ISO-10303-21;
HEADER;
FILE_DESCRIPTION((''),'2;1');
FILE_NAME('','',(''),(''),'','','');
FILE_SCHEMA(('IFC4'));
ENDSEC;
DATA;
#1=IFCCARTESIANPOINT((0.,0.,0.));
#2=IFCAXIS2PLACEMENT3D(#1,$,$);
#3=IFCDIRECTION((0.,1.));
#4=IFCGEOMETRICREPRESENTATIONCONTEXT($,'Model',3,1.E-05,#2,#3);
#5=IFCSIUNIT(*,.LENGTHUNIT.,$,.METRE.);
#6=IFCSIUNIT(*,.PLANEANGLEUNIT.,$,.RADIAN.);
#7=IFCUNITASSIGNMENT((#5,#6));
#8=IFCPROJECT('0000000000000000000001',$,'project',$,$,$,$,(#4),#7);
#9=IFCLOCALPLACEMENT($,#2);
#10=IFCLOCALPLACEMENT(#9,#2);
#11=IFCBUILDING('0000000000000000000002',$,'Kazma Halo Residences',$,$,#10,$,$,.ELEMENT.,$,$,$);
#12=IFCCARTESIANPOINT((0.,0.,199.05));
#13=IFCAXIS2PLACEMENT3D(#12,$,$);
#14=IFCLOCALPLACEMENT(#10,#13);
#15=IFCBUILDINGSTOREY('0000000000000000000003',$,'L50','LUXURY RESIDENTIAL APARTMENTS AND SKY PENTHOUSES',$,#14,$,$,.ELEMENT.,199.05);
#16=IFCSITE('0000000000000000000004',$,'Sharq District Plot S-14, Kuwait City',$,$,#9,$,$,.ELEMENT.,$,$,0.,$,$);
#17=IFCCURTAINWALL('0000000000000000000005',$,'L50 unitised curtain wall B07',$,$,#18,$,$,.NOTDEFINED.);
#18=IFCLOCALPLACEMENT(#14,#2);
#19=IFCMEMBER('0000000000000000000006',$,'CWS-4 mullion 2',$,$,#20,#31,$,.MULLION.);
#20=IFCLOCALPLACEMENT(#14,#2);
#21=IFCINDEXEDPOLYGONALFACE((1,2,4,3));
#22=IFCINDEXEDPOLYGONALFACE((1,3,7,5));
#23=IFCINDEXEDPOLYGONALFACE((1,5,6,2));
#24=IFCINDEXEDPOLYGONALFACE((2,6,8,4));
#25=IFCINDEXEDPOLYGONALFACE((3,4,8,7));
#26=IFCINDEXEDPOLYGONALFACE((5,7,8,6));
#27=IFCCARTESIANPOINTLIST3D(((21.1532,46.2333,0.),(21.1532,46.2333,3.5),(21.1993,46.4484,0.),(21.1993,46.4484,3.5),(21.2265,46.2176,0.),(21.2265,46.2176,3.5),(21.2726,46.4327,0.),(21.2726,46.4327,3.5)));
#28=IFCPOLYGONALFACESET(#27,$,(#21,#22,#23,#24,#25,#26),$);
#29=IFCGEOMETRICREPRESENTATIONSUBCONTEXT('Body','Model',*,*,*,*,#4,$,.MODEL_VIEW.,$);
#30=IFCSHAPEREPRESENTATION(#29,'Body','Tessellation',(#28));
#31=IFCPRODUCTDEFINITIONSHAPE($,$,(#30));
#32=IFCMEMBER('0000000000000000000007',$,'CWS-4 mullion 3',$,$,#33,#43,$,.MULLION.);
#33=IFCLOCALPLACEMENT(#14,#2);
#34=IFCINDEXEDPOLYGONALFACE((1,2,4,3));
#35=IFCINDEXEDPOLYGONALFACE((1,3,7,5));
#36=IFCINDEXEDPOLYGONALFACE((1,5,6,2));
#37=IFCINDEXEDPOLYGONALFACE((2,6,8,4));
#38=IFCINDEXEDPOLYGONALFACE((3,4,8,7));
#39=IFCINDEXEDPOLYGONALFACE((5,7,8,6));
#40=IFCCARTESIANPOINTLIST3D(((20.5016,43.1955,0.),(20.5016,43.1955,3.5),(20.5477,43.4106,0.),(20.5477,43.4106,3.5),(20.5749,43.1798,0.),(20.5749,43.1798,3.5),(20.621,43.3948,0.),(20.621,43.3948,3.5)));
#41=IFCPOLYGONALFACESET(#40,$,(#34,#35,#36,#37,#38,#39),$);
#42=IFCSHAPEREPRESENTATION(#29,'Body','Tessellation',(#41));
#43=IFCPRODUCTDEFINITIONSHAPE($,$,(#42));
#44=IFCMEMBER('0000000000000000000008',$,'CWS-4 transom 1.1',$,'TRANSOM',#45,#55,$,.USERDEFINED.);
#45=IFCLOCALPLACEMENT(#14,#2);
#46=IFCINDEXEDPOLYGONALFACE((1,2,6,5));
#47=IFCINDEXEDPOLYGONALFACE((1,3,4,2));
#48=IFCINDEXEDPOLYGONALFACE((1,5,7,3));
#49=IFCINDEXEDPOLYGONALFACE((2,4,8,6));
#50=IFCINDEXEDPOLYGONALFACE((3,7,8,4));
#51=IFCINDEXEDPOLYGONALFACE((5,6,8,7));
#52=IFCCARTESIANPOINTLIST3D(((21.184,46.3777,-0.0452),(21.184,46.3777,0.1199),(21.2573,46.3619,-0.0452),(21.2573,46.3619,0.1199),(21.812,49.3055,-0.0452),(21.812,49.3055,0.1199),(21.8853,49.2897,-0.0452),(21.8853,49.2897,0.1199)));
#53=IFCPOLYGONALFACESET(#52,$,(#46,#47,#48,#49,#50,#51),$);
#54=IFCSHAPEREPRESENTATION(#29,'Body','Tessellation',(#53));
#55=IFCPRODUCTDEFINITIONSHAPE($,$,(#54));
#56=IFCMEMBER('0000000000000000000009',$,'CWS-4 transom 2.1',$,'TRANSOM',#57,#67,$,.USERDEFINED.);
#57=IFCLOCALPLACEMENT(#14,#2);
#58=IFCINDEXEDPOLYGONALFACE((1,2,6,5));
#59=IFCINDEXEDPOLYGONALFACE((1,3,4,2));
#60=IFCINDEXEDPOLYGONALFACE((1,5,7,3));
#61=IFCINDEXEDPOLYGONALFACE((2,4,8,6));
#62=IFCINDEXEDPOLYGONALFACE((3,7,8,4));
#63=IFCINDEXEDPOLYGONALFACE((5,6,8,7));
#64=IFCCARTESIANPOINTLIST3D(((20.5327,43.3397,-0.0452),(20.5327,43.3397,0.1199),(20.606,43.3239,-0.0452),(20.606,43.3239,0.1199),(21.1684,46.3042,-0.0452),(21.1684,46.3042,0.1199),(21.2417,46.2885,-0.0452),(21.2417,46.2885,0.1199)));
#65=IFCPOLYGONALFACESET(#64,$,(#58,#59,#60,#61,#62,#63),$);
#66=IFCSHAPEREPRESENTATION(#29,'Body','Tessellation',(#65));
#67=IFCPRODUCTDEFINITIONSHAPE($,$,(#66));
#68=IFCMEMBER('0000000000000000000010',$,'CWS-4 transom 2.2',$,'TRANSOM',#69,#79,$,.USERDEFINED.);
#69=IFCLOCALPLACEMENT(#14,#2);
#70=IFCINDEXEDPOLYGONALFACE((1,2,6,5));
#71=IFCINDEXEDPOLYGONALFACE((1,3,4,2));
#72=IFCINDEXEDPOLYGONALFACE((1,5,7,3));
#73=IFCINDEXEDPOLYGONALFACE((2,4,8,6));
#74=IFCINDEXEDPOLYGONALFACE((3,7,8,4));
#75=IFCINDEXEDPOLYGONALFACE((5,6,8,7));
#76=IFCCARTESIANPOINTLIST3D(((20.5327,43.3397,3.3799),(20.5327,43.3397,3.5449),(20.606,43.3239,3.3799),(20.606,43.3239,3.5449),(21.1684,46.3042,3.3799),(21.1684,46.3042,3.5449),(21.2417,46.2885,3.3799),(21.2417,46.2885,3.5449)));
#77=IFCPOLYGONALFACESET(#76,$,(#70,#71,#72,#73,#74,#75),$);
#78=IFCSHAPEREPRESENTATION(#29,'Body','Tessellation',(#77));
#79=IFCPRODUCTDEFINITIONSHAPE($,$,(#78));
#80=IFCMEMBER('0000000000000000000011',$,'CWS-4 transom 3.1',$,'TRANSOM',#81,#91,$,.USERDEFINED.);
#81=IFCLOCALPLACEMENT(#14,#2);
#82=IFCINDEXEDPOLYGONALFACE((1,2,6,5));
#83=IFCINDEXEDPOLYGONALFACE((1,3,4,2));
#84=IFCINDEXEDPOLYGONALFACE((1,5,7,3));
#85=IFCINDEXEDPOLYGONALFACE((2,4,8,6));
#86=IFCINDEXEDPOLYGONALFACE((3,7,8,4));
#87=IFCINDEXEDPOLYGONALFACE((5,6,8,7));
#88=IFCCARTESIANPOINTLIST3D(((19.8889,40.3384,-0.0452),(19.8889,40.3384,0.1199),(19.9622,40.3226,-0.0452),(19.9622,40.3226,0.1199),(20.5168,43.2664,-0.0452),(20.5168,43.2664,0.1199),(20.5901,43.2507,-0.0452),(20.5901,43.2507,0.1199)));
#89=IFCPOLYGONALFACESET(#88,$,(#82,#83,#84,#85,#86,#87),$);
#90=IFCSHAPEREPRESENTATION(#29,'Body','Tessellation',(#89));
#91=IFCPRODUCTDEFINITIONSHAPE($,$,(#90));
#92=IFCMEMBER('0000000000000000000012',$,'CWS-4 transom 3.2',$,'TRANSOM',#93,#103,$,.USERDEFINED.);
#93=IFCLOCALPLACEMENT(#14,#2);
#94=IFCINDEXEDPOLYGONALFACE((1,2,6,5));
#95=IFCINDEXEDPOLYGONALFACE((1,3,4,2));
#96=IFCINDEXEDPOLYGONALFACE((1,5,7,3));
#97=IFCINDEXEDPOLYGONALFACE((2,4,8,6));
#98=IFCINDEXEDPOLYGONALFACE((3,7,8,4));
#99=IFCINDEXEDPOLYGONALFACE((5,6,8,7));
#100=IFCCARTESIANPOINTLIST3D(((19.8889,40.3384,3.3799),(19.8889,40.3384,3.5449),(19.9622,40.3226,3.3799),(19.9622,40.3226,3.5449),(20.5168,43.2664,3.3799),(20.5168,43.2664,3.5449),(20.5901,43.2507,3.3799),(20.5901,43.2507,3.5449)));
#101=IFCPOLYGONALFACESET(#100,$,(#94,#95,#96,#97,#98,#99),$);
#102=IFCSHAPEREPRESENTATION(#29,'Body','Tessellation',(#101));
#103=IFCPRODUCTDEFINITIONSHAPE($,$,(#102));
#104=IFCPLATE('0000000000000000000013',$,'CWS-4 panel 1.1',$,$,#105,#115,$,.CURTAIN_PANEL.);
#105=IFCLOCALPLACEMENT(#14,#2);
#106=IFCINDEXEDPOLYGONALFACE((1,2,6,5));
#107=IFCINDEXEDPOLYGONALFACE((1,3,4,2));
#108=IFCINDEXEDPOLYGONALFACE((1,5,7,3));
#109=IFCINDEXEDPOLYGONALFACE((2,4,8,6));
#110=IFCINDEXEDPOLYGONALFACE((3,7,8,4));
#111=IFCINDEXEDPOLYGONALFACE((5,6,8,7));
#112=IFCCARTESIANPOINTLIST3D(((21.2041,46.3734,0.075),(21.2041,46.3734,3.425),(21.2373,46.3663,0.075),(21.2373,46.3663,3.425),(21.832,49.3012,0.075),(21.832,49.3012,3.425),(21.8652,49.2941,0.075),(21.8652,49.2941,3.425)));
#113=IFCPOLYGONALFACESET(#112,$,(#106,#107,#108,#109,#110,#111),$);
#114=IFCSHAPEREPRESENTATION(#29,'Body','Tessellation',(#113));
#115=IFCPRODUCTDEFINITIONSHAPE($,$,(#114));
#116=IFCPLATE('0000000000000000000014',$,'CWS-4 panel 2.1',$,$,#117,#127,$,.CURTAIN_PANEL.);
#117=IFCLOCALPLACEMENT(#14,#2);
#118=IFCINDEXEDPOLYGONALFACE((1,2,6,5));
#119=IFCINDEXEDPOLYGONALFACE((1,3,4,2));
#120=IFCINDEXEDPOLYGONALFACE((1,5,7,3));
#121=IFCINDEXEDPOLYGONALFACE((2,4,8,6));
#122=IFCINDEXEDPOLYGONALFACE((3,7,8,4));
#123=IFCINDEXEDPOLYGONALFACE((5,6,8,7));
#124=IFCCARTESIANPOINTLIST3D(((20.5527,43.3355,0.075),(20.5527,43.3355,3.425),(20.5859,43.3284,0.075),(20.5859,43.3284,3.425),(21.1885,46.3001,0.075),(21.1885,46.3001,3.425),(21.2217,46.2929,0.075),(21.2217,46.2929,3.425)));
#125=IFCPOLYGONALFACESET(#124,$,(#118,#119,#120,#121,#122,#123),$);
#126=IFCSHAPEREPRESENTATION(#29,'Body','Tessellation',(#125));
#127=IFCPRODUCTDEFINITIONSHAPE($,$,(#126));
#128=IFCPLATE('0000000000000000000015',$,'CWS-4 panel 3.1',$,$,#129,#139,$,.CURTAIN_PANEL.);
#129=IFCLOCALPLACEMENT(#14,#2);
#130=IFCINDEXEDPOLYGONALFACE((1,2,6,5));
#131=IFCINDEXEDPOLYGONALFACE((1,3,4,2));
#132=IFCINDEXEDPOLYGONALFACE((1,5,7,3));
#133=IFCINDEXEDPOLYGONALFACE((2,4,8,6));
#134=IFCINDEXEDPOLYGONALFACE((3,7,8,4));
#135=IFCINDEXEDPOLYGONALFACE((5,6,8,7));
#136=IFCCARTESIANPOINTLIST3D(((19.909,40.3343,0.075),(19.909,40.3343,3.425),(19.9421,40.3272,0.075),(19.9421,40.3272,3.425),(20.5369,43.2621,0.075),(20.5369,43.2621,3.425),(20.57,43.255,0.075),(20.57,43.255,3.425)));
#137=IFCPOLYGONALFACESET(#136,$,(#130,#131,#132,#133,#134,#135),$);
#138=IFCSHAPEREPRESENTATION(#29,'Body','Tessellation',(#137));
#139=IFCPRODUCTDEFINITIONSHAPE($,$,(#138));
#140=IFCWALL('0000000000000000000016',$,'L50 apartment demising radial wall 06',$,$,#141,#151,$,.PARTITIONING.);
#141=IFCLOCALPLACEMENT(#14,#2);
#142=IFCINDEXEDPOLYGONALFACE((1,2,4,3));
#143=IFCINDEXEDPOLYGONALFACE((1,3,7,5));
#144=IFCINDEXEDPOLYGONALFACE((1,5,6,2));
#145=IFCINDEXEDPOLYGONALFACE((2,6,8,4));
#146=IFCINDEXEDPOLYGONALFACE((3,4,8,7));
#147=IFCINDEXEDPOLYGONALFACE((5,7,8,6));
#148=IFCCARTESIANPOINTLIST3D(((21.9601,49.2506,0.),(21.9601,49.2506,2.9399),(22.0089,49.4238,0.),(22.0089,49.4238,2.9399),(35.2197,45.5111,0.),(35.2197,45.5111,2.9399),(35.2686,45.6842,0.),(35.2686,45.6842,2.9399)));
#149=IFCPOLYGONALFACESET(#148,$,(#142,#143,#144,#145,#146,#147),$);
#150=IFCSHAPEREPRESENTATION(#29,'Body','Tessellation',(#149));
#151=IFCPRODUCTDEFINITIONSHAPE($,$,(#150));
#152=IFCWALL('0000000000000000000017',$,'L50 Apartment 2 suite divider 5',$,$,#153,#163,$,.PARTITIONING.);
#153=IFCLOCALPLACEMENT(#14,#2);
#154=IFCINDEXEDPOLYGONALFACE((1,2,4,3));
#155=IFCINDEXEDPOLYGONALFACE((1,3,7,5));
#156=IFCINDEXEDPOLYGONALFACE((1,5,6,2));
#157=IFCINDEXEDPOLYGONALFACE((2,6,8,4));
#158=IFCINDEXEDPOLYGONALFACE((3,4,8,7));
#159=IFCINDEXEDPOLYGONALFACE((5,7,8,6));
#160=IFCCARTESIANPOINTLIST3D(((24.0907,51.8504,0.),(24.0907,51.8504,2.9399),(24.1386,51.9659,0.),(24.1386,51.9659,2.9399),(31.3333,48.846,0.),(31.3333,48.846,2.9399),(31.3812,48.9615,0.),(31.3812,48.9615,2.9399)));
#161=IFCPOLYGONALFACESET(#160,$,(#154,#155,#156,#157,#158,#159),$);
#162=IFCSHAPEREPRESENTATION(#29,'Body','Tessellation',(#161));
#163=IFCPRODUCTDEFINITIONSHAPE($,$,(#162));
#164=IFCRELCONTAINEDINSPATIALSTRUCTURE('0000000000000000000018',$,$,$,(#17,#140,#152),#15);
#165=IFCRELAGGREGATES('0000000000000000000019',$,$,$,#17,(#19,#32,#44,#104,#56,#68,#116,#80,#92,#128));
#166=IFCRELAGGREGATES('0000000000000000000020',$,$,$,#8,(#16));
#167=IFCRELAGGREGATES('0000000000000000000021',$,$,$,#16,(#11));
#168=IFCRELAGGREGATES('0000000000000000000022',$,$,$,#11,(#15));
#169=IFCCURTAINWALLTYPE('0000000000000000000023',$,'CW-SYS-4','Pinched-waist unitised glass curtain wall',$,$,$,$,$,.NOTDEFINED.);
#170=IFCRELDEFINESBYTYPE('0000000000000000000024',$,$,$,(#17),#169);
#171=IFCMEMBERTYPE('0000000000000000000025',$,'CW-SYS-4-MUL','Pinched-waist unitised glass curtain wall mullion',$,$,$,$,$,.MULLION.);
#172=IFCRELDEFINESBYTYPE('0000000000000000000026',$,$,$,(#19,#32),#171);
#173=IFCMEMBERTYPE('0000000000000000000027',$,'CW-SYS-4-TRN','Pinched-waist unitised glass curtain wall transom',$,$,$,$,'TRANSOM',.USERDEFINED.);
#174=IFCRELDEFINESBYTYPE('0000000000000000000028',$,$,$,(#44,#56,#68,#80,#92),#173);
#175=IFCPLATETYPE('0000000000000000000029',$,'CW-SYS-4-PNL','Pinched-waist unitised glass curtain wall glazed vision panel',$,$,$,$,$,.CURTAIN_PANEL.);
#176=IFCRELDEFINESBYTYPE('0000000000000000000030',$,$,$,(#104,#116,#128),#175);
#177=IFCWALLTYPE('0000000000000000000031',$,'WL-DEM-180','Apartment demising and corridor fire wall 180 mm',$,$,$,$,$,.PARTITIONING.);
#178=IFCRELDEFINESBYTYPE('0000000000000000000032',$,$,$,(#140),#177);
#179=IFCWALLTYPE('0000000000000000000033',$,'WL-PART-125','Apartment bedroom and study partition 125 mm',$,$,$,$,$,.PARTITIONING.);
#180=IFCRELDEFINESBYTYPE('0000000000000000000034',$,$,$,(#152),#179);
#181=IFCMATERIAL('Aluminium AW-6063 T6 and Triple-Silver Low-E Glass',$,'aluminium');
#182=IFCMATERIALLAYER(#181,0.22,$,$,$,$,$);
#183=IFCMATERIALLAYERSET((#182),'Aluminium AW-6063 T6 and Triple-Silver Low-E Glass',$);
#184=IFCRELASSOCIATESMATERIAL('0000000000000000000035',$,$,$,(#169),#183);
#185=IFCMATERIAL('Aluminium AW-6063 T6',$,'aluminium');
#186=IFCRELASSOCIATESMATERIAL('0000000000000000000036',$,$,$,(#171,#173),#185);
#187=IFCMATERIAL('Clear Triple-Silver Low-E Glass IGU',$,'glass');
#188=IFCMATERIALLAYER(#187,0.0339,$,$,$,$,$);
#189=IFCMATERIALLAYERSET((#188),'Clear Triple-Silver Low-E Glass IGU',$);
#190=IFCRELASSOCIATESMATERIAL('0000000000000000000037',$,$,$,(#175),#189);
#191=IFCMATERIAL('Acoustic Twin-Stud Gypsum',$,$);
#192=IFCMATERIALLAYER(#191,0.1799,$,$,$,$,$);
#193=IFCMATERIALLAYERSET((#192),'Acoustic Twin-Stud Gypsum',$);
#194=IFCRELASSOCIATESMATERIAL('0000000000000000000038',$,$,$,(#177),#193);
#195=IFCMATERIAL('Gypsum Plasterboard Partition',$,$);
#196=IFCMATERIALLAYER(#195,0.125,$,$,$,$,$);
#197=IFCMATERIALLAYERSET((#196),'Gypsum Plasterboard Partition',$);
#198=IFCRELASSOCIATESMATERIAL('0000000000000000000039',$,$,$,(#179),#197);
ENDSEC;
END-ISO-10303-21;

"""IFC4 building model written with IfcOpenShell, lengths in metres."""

from ifc_helpers import new_model, si_unit, direction, frame, frame_2d, origin, origin_2d, place, context, subcontext, project, spatial, rectangle, extrude, material, layer, layer_set, material_profile, profile_set, type_object, element, aggregate, save


model = new_model("IFC4")

# Units and contexts
model_context = context("Model", 3, precision=1e-05, world=origin(), true_north=direction((0.0, 1.0)))
body_context = subcontext(model_context, "Body", "Model", "MODEL_VIEW")
ifc_project = project(units=[si_unit("LENGTHUNIT", "METRE"), si_unit("PLANEANGLEUNIT", "RADIAN")], contexts=[model_context])

# Site, building, storey
site_placement = place(None, origin())
site = spatial("IfcSite", under=ifc_project, at=site_placement, Name="Sharq District Plot S-14, Kuwait City", CompositionType="ELEMENT", RefElevation=0.0)
building_placement = place(site_placement, origin())
building = spatial("IfcBuilding", under=site, at=building_placement, Name="Kazma Halo Residences", CompositionType="ELEMENT")
storey_placement = place(building_placement, frame((0.0, 0.0, 199.05)))
storey = spatial("IfcBuildingStorey", under=building, at=storey_placement, Name="L50", Description="LUXURY RESIDENTIAL APARTMENTS AND SKY PENTHOUSES", CompositionType="ELEMENT", Elevation=199.05)

# Curtain wall, members, plates
ifc_material_1 = material(Name="Aluminium AW-6063 T6 and Triple-Silver Low-E Glass", Category="aluminium")
ifc_layer_1 = layer(ifc_material_1, 0.22)
ifc_layer_set_1 = layer_set([ifc_layer_1], Name="Aluminium AW-6063 T6 and Triple-Silver Low-E Glass")
curtain_wall_type = type_object("IfcCurtainWallType", Name="CW-SYS-4", Description="Pinched-waist unitised glass curtain wall", PredefinedType="NOTDEFINED", material=ifc_layer_set_1)
curtain_wall_placement = place(storey_placement, origin())
curtain_wall = element("IfcCurtainWall", 1, at=curtain_wall_placement, inside=storey, type_object=curtain_wall_type, Name="L50 unitised curtain wall B07", PredefinedType="NOTDEFINED")
ifc_material_2 = material(Name="Aluminium AW-6063 T6", Category="aluminium")
ifc_material_profile_1 = material_profile(ifc_material_2, rectangle(XDim=0.075, YDim=0.22, at=origin_2d()), Name="CWM-75x220")
ifc_profile_set_1 = profile_set([ifc_material_profile_1], Name="Aluminium AW-6063 T6")
member_type_1 = type_object("IfcMemberType", Name="CW-SYS-4-MUL", Description="Pinched-waist unitised glass curtain wall mullion", PredefinedType="MULLION", material=ifc_profile_set_1)
member_1_placement = place(storey_placement, frame((21.2129, 46.333, 0.0), z_axis=(0.0, 0.0, 1.0), x_axis=(0.977768, -0.20969, 0.0)))
member_1 = element("IfcMember", 2, at=member_1_placement, type_object=member_type_1, Name="CWS-4 mullion 2", PredefinedType="MULLION", context=body_context, shape_type="SweptSolid", body=[
    extrude(rectangle(XDim=0.075, YDim=0.22, at=origin_2d()), origin(), (0.0, 0.0, 1.0), 3.5),
])
member_2_placement = place(storey_placement, frame((20.5613, 43.2952, 0.0), z_axis=(0.0, 0.0, 1.0), x_axis=(0.977768, -0.20969, 0.0)))
member_2 = element("IfcMember", 3, at=member_2_placement, type_object=member_type_1, Name="CWS-4 mullion 3", PredefinedType="MULLION", context=body_context, shape_type="SweptSolid", body=[
    extrude(rectangle(XDim=0.075, YDim=0.22, at=origin_2d()), origin(), (0.0, 0.0, 1.0), 3.5),
])
ifc_material_profile_2 = material_profile(ifc_material_2, rectangle(XDim=0.075, YDim=0.165, at=origin_2d()), Name="CWT-75x165")
ifc_profile_set_2 = profile_set([ifc_material_profile_2], Name="Aluminium AW-6063 T6")
member_type_2 = type_object("IfcMemberType", Name="CW-SYS-4-TRN", Description="Pinched-waist unitised glass curtain wall transom", ElementType="TRANSOM", PredefinedType="USERDEFINED", material=ifc_profile_set_2)
member_3_placement = place(storey_placement, frame((21.8486, 49.2976, 0.0374), z_axis=(-0.209707, -0.977764, 0.0), x_axis=(0.977764, -0.209707, 0.0)))
member_3 = element("IfcMember", 4, at=member_3_placement, type_object=member_type_2, Name="CWS-4 transom 1.1", ObjectType="TRANSOM", PredefinedType="USERDEFINED", context=body_context, shape_type="SweptSolid", body=[
    extrude(rectangle(XDim=0.075, YDim=0.165, at=origin_2d()), origin(), (0.0, 0.0, 1.0), 2.9944),
])
member_4_placement = place(storey_placement, frame((21.2051, 46.2964, 0.0374), z_axis=(-0.209678, -0.977771, 0.0), x_axis=(0.977771, -0.209678, 0.0)))
member_4 = element("IfcMember", 5, at=member_4_placement, type_object=member_type_2, Name="CWS-4 transom 2.1", ObjectType="TRANSOM", PredefinedType="USERDEFINED", context=body_context, shape_type="SweptSolid", body=[
    extrude(rectangle(XDim=0.075, YDim=0.165, at=origin_2d()), origin(), (0.0, 0.0, 1.0), 3.032),
])
member_5_placement = place(storey_placement, frame((21.2051, 46.2964, 3.4624), z_axis=(-0.209678, -0.977771, 0.0), x_axis=(0.977771, -0.209678, 0.0)))
member_5 = element("IfcMember", 6, at=member_5_placement, type_object=member_type_2, Name="CWS-4 transom 2.2", ObjectType="TRANSOM", PredefinedType="USERDEFINED", context=body_context, shape_type="SweptSolid", body=[
    extrude(rectangle(XDim=0.075, YDim=0.165, at=origin_2d()), origin(), (0.0, 0.0, 1.0), 3.032),
])
member_6_placement = place(storey_placement, frame((20.5535, 43.2585, 0.0374), z_axis=(-0.209691, -0.977768, 0.0), x_axis=(0.977768, -0.209691, 0.0)))
member_6 = element("IfcMember", 7, at=member_6_placement, type_object=member_type_2, Name="CWS-4 transom 3.1", ObjectType="TRANSOM", PredefinedType="USERDEFINED", context=body_context, shape_type="SweptSolid", body=[
    extrude(rectangle(XDim=0.075, YDim=0.165, at=origin_2d()), origin(), (0.0, 0.0, 1.0), 2.9946),
])
member_7_placement = place(storey_placement, frame((20.5535, 43.2585, 3.4624), z_axis=(-0.209691, -0.977768, 0.0), x_axis=(0.977768, -0.209691, 0.0)))
member_7 = element("IfcMember", 8, at=member_7_placement, type_object=member_type_2, Name="CWS-4 transom 3.2", ObjectType="TRANSOM", PredefinedType="USERDEFINED", context=body_context, shape_type="SweptSolid", body=[
    extrude(rectangle(XDim=0.075, YDim=0.165, at=origin_2d()), origin(), (0.0, 0.0, 1.0), 2.9946),
])
ifc_material_3 = material(Name="Clear Triple-Silver Low-E Glass IGU", Category="glass")
ifc_layer_2 = layer(ifc_material_3, 0.0339)
ifc_layer_set_2 = layer_set([ifc_layer_2], Name="Clear Triple-Silver Low-E Glass IGU")
plate_type = type_object("IfcPlateType", Name="CW-SYS-4-PNL", Description="Pinched-waist unitised glass curtain wall glazed vision panel", PredefinedType="CURTAIN_PANEL", material=ifc_layer_set_2)
plate_1_placement = place(storey_placement, frame((21.5347, 47.8337, 0.075), z_axis=(0.0, 0.0, 1.0), x_axis=(-0.20969, -0.977768, 0.0)))
plate_1 = element("IfcPlate", 9, at=plate_1_placement, type_object=plate_type, Name="CWS-4 panel 1.1", PredefinedType="CURTAIN_PANEL", context=body_context, shape_type="SweptSolid", body=[
    extrude(rectangle(XDim=2.9944, YDim=0.0339, at=origin_2d()), origin(), (0.0, 0.0, 1.0), 3.3501),
])
plate_2_placement = place(storey_placement, frame((20.8872, 44.8142, 0.075), z_axis=(0.0, 0.0, 1.0), x_axis=(-0.20969, -0.977768, 0.0)))
plate_2 = element("IfcPlate", 10, at=plate_2_placement, type_object=plate_type, Name="CWS-4 panel 2.1", PredefinedType="CURTAIN_PANEL", context=body_context, shape_type="SweptSolid", body=[
    extrude(rectangle(XDim=3.032, YDim=0.0339, at=origin_2d()), origin(), (0.0, 0.0, 1.0), 3.3501),
])
plate_3_placement = place(storey_placement, frame((20.2395, 41.7947, 0.075), z_axis=(0.0, 0.0, 1.0), x_axis=(-0.20969, -0.977768, 0.0)))
plate_3 = element("IfcPlate", 11, at=plate_3_placement, type_object=plate_type, Name="CWS-4 panel 3.1", PredefinedType="CURTAIN_PANEL", context=body_context, shape_type="SweptSolid", body=[
    extrude(rectangle(XDim=2.9944, YDim=0.0339, at=origin_2d()), origin(), (0.0, 0.0, 1.0), 3.3501),
])
aggregate(curtain_wall, [member_1, member_2, member_3, plate_1, member_4, member_5, plate_2, member_6, member_7, plate_3])

# Walls
ifc_material_4 = material(Name="Acoustic Twin-Stud Gypsum")
ifc_layer_3 = layer(ifc_material_4, 0.1799)
ifc_layer_set_3 = layer_set([ifc_layer_3], Name="Acoustic Twin-Stud Gypsum")
wall_type_1 = type_object("IfcWallType", Name="WL-DEM-180", Description="Apartment demising and corridor fire wall 180 mm", PredefinedType="PARTITIONING", material=ifc_layer_set_3)
wall_1_placement = place(storey_placement, frame((35.2441, 45.5977, 0.0), z_axis=(0.0, 0.0, 1.0), x_axis=(-0.962457, 0.271436, 0.0)))
element("IfcWall", 12, at=wall_1_placement, inside=storey, type_object=wall_type_1, Name="L50 apartment demising radial wall 06", PredefinedType="PARTITIONING", context=body_context, shape_type="SweptSolid", body=[
    extrude(rectangle(XDim=13.7769, YDim=0.1799, at=frame_2d((6.8884, 0.0))), origin(), (0.0, 0.0, 1.0), 2.9399),
])
ifc_material_5 = material(Name="Gypsum Plasterboard Partition")
ifc_layer_4 = layer(ifc_material_5, 0.125)
ifc_layer_set_4 = layer_set([ifc_layer_4], Name="Gypsum Plasterboard Partition")
wall_type_2 = type_object("IfcWallType", Name="WL-PART-125", Description="Apartment bedroom and study partition 125 mm", PredefinedType="PARTITIONING", material=ifc_layer_set_4)
wall_2_placement = place(storey_placement, frame((31.3572, 48.9038, 0.0), z_axis=(0.0, 0.0, 1.0), x_axis=(-0.923682, 0.38316, 0.0)))
element("IfcWall", 13, at=wall_2_placement, inside=storey, type_object=wall_type_2, Name="L50 Apartment 2 suite divider 5", PredefinedType="PARTITIONING", context=body_context, shape_type="SweptSolid", body=[
    extrude(rectangle(XDim=7.8411, YDim=0.125, at=frame_2d((3.9204, 0.0))), origin(), (0.0, 0.0, 1.0), 2.9399),
])

save(model, "model.ifc")
